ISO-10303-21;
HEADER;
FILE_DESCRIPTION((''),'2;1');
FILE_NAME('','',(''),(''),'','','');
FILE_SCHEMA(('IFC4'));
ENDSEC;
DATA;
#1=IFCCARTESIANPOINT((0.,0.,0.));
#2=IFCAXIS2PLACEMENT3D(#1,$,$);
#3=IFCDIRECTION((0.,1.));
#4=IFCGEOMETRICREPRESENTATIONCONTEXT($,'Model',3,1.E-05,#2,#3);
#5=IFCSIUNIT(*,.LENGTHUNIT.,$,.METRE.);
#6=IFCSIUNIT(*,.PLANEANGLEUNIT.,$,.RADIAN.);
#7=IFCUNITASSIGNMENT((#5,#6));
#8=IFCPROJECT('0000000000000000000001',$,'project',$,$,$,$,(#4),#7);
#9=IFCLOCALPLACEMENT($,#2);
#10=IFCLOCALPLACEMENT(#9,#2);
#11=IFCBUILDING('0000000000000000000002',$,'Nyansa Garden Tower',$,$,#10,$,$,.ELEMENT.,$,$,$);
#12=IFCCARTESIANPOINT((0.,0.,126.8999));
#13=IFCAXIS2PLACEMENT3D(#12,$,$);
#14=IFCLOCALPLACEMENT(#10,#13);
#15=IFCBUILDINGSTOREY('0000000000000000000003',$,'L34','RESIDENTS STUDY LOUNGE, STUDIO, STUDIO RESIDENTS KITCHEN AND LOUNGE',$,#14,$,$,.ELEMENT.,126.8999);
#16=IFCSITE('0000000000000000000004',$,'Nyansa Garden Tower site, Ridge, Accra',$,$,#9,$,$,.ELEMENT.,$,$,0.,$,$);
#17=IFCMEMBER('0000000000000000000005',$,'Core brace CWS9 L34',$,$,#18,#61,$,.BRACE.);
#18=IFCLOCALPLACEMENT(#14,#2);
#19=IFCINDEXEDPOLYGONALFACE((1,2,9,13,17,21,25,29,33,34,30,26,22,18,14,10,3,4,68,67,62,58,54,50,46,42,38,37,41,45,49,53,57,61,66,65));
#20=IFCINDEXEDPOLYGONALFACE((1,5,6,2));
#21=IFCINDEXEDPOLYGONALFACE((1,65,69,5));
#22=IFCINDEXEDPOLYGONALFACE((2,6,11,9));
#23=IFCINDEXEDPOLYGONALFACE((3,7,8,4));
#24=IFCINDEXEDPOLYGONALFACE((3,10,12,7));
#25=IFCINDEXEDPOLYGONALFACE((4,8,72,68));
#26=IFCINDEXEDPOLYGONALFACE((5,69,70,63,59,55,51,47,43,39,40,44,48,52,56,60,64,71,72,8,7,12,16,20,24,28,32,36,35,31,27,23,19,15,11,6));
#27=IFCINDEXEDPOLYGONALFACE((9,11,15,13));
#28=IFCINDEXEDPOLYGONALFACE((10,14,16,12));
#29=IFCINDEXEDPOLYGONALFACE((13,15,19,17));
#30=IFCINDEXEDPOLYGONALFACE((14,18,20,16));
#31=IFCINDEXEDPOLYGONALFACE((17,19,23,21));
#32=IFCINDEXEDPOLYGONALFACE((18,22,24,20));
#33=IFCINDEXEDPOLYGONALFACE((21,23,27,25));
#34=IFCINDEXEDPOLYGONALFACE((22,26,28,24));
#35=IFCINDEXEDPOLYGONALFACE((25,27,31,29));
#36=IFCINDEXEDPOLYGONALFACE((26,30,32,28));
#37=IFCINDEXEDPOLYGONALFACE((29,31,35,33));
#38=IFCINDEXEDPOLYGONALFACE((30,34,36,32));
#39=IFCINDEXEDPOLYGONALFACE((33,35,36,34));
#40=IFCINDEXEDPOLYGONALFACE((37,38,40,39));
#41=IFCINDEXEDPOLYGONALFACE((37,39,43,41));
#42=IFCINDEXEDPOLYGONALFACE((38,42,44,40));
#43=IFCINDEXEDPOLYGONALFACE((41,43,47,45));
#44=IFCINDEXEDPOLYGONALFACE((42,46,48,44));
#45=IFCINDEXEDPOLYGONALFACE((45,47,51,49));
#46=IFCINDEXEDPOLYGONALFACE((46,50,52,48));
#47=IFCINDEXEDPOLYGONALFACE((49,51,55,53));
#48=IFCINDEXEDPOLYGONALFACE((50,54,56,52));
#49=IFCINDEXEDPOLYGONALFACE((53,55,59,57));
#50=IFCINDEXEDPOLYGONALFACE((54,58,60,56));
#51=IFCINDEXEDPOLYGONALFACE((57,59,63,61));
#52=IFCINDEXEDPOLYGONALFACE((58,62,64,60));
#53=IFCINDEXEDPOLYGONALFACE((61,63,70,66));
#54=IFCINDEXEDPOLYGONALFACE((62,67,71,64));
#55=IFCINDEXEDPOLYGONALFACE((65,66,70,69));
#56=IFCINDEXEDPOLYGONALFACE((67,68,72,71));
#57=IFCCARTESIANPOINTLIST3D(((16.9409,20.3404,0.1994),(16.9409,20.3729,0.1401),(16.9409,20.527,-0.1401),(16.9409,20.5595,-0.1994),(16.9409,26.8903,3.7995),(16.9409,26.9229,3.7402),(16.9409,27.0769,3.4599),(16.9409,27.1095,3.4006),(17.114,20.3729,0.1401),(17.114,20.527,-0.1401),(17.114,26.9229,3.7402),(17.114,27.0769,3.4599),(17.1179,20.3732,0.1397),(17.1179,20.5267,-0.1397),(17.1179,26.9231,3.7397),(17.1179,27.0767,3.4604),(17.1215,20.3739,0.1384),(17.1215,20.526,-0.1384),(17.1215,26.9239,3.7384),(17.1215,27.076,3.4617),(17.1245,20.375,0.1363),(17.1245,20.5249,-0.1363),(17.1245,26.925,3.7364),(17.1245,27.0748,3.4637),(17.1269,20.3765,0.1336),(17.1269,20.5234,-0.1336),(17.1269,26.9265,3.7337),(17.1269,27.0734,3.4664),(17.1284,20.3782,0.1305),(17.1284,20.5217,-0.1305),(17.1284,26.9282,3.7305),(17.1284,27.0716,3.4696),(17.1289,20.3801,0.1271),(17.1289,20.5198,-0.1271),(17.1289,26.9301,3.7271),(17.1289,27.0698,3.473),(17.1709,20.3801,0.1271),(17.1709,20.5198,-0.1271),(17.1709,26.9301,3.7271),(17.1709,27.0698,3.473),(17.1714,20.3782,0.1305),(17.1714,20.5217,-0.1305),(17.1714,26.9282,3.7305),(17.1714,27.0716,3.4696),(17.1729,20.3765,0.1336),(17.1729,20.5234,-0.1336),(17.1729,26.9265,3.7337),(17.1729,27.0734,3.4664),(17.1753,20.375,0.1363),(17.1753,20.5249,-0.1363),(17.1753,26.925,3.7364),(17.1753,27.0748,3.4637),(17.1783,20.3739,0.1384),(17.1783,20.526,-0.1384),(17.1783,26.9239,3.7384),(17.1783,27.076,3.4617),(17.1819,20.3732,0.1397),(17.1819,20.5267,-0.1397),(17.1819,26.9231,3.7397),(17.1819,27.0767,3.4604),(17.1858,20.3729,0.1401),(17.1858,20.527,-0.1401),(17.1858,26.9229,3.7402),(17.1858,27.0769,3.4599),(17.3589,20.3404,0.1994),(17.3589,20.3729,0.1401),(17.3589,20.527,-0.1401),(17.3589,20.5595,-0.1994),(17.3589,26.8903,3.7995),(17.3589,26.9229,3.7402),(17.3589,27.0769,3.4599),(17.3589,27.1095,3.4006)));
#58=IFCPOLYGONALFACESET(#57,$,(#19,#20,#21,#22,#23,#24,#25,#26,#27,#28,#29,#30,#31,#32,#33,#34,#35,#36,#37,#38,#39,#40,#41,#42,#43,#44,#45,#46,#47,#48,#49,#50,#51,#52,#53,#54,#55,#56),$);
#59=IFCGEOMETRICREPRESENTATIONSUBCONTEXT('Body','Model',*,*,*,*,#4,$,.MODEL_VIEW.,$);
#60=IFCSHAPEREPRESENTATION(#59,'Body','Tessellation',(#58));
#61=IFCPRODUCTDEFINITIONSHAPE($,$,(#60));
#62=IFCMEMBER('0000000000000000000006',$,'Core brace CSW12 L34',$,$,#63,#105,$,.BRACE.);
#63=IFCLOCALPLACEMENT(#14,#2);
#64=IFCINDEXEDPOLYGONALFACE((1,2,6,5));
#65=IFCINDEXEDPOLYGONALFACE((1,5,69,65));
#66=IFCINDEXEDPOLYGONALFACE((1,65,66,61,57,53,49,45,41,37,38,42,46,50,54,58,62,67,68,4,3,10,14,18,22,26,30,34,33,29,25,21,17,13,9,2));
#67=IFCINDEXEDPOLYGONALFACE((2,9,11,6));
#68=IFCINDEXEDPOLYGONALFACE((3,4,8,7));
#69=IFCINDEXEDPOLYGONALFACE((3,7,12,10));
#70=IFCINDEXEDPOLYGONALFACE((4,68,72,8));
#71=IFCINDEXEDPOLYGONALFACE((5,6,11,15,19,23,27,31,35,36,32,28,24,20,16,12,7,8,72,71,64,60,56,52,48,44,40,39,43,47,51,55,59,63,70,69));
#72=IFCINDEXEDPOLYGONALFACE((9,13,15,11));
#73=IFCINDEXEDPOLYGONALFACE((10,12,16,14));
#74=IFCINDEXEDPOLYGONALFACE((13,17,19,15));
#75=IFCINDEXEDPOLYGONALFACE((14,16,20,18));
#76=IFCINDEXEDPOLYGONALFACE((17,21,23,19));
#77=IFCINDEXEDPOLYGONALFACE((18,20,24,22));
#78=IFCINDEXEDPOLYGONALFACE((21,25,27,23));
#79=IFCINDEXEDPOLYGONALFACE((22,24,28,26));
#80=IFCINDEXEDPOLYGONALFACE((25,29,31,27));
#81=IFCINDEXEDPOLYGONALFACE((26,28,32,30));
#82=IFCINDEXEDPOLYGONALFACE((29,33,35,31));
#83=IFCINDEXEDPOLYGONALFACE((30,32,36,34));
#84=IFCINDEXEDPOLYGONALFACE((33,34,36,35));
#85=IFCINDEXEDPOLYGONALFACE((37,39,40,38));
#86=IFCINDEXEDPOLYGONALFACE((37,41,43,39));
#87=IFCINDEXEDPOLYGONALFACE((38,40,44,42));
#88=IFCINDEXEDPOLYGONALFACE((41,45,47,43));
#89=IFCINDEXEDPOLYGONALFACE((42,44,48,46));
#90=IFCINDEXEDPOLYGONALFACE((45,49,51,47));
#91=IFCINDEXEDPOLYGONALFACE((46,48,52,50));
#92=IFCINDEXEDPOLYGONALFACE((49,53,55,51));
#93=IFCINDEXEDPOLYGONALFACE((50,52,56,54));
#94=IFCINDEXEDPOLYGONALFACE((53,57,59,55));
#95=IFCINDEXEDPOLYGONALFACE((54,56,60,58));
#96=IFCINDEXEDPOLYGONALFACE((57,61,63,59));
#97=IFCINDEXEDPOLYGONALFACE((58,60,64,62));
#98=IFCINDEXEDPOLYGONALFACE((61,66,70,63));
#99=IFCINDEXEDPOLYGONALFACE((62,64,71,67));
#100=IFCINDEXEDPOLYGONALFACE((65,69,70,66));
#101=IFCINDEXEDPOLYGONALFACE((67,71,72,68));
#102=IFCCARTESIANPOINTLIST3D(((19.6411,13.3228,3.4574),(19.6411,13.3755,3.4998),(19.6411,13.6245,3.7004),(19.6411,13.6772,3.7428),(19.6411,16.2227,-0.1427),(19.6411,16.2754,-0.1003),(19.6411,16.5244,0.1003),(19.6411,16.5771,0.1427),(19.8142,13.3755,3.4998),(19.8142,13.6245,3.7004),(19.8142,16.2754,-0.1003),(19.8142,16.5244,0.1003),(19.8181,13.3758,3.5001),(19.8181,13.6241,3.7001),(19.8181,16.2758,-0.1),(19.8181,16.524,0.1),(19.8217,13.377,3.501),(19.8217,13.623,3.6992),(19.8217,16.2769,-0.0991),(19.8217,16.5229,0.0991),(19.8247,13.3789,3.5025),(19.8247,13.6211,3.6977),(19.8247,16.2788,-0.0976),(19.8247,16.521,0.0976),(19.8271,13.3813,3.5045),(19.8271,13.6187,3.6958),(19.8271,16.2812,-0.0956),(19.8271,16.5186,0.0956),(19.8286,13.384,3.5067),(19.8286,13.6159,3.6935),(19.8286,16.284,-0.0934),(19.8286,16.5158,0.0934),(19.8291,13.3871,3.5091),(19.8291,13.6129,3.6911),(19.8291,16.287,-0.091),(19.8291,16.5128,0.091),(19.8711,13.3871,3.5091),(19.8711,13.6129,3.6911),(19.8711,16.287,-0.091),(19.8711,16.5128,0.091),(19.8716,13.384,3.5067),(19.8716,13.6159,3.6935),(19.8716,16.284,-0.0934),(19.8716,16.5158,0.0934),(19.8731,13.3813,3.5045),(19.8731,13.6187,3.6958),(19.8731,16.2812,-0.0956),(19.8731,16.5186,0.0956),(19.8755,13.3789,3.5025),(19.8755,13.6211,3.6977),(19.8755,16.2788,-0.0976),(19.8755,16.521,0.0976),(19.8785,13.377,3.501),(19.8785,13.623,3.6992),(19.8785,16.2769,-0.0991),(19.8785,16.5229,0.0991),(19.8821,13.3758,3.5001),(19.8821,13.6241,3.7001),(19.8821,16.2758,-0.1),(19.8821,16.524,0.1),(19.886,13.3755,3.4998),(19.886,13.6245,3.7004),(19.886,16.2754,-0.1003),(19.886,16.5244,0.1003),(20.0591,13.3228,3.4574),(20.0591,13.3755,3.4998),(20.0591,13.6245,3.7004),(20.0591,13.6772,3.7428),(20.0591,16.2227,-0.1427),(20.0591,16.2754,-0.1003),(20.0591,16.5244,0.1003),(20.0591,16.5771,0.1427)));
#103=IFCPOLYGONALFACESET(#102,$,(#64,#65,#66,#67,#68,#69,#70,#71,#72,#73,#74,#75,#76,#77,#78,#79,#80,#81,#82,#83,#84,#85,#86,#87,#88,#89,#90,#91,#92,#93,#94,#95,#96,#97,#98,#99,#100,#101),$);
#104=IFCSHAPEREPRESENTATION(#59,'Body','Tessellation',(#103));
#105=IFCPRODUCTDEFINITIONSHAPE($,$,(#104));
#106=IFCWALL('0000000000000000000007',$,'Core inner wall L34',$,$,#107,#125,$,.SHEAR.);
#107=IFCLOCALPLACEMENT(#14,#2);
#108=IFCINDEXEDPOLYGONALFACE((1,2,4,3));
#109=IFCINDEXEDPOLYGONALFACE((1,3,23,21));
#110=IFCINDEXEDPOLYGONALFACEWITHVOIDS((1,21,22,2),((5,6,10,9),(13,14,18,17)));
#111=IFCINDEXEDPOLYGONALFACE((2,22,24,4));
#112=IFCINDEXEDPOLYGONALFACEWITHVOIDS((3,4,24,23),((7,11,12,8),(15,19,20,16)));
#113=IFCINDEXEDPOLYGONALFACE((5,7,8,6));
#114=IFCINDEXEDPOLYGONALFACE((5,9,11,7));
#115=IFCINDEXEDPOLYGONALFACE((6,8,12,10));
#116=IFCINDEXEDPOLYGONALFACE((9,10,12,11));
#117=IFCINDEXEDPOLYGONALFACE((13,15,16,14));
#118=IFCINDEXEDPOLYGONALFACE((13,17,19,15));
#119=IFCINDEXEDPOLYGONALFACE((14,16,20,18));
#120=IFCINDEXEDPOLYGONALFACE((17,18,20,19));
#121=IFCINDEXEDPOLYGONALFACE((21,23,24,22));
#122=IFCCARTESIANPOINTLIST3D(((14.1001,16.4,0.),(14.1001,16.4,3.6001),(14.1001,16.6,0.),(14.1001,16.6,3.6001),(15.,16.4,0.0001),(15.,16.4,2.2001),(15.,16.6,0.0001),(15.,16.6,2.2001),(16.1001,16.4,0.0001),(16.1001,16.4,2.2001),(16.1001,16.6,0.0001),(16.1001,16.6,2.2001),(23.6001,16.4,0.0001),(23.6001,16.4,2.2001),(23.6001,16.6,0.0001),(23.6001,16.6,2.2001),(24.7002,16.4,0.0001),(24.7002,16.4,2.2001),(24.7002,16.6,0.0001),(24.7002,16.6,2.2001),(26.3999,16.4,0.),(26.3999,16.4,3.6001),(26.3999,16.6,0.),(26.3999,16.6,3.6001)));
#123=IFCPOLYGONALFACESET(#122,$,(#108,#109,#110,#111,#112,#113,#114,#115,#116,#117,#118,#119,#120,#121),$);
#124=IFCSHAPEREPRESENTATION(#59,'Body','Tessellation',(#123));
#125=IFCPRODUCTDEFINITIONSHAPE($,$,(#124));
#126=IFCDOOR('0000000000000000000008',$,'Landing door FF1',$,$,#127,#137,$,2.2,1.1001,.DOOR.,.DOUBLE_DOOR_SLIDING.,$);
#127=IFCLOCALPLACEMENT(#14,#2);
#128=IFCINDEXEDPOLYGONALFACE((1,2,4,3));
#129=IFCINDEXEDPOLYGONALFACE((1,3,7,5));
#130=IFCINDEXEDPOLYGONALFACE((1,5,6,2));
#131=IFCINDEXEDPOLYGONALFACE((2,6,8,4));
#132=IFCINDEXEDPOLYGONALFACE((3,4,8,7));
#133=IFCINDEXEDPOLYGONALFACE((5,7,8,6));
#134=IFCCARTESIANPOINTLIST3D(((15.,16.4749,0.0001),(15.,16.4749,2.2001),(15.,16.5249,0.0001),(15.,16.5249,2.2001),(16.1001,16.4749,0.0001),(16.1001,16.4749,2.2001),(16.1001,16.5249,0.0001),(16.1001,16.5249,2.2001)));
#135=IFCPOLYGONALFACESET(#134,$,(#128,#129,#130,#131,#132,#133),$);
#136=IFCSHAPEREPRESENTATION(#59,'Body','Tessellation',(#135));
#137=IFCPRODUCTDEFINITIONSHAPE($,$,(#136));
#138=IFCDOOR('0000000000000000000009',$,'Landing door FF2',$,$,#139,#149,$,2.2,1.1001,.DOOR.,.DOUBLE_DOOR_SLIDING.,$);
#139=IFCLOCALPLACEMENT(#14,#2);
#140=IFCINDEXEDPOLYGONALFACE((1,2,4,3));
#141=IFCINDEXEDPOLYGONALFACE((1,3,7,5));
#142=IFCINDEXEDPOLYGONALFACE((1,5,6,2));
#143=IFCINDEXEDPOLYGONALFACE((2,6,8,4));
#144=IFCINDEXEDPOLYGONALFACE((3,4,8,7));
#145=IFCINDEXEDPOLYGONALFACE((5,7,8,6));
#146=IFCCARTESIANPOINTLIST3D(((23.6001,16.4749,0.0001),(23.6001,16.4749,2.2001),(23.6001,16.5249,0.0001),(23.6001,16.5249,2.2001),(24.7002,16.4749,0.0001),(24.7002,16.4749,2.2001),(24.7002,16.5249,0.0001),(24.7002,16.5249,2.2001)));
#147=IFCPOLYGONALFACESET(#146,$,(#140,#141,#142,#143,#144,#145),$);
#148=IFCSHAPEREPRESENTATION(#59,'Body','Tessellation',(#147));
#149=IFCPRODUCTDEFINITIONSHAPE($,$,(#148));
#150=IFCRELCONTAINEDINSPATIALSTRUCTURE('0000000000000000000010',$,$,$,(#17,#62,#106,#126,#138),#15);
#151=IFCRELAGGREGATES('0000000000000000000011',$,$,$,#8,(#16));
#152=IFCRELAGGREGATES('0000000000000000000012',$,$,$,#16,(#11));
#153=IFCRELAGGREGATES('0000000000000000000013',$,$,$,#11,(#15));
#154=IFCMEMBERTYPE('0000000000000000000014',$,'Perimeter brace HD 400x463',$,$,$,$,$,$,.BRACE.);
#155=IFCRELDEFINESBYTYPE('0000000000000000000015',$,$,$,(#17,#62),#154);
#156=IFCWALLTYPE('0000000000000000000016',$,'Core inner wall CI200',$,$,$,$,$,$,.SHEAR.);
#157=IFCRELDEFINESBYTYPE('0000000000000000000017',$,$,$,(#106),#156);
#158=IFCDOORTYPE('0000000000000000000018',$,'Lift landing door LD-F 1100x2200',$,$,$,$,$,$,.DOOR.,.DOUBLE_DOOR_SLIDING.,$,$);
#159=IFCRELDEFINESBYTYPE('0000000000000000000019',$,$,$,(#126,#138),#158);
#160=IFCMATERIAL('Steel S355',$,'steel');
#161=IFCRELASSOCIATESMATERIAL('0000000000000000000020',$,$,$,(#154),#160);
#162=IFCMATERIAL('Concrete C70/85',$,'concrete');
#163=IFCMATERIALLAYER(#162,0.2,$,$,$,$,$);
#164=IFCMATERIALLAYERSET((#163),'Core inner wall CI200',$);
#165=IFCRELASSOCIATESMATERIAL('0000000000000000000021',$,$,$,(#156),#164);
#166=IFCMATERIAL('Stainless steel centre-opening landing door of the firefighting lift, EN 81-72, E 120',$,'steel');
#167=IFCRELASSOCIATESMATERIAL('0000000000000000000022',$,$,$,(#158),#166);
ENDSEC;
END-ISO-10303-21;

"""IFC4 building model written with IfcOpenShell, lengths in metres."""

from ifc_helpers import new_model, si_unit, direction, frame, frame_2d, origin, origin_2d, place, context, subcontext, project, spatial, rectangle, i_section, extrude, material, layer, layer_set, material_profile, profile_set, type_object, element, fill, save


model = new_model("IFC4")

# Units and contexts
model_context = context("Model", 3, precision=1e-05, world=origin(), true_north=direction((0.0, 1.0)))
body_context = subcontext(model_context, "Body", "Model", "MODEL_VIEW")
ifc_project = project(units=[si_unit("LENGTHUNIT", "METRE"), si_unit("PLANEANGLEUNIT", "RADIAN")], contexts=[model_context])

# Site, building, storey
site_placement = place(None, origin())
site = spatial("IfcSite", under=ifc_project, at=site_placement, Name="Nyansa Garden Tower site, Ridge, Accra", CompositionType="ELEMENT", RefElevation=0.0)
building_placement = place(site_placement, origin())
building = spatial("IfcBuilding", under=site, at=building_placement, Name="Nyansa Garden Tower", CompositionType="ELEMENT")
storey_placement = place(building_placement, frame((0.0, 0.0, 126.8999)))
storey = spatial("IfcBuildingStorey", under=building, at=storey_placement, Name="L34", Description="RESIDENTS STUDY LOUNGE, STUDIO, STUDIO RESIDENTS KITCHEN AND LOUNGE", CompositionType="ELEMENT", Elevation=126.8999)

# Members
ifc_material_1 = material(Name="Steel S355", Category="steel")
ifc_material_profile = material_profile(ifc_material_1, i_section(OverallWidth=0.418, OverallDepth=0.4551, WebThickness=0.042, FlangeThickness=0.0676, FilletRadius=0.0149, at=origin_2d()), Name="HD 400x463")
ifc_profile_set = profile_set([ifc_material_profile], Name="Steel S355")
member_type = type_object("IfcMemberType", Name="Perimeter brace HD 400x463", PredefinedType="BRACE", material=ifc_profile_set)
member_1_placement = place(storey_placement, frame((17.1499, 20.45, 0.0), z_axis=(0.0, 0.876353, 0.481669), x_axis=(-1.0, 0.0, 0.0)))
element("IfcMember", 1, at=member_1_placement, inside=storey, type_object=member_type, Name="Core brace CWS9 L34", PredefinedType="BRACE", context=body_context, shape_type="SweptSolid", body=[
    extrude(i_section(OverallWidth=0.418, OverallDepth=0.4551, WebThickness=0.042, FlangeThickness=0.0676, FilletRadius=0.0149, at=origin_2d()), origin(), (0.0, 0.0, 1.0), 7.4741),
])
member_2_placement = place(storey_placement, frame((19.8501, 16.3999, 0.0), z_axis=(0.0, -0.627306, 0.778773), x_axis=(1.0, 0.0, 0.0)))
element("IfcMember", 2, at=member_2_placement, inside=storey, type_object=member_type, Name="Core brace CSW12 L34", PredefinedType="BRACE", context=body_context, shape_type="SweptSolid", body=[
    extrude(i_section(OverallWidth=0.418, OverallDepth=0.4551, WebThickness=0.042, FlangeThickness=0.0676, FilletRadius=0.0149, at=origin_2d()), origin(), (0.0, 0.0, 1.0), 4.6228),
])

# Wall, openings, doors
ifc_material_2 = material(Name="Concrete C70/85", Category="concrete")
ifc_layer_1 = layer(ifc_material_2, 0.2)
ifc_layer_set_1 = layer_set([ifc_layer_1], Name="Core inner wall CI200")
wall_type_1 = type_object("IfcWallType", Name="Core inner wall CI200", PredefinedType="SHEAR", material=ifc_layer_set_1)
wall_1_placement = place(storey_placement, frame((14.1001, 16.5, 0.0), z_axis=(0.0, 0.0, 1.0), x_axis=(1.0, 0.0, 0.0)))
wall_1 = element("IfcWall", 3, at=wall_1_placement, inside=storey, type_object=wall_type_1, Name="Core inner wall L34", PredefinedType="SHEAR", context=body_context, shape_type="SweptSolid", body=[
    extrude(rectangle(XDim=12.2998, YDim=0.2, at=frame_2d((6.1499, 0.0))), origin(), (0.0, 0.0, 1.0), 3.6001),
])
opening_1_placement = place(wall_1_placement, frame((0.8999, 0.0, 0.0)))
opening_1 = element("IfcOpeningElement", 4, at=opening_1_placement, cuts=wall_1, PredefinedType="OPENING", context=body_context, shape_type="SweptSolid", body=[
    extrude(rectangle(XDim=1.1001, YDim=2.2, at=frame_2d((0.55, 1.1001))), frame((0.0, 0.1099, 0.0), z_axis=(0.0, -1.0, 0.0), x_axis=(1.0, 0.0, 0.0)), (0.0, 0.0, 1.0), 0.22),
])
opening_2_placement = place(wall_1_placement, frame((9.5, 0.0, 0.0)))
opening_2 = element("IfcOpeningElement", 5, at=opening_2_placement, cuts=wall_1, PredefinedType="OPENING", context=body_context, shape_type="SweptSolid", body=[
    extrude(rectangle(XDim=1.1001, YDim=2.2, at=frame_2d((0.55, 1.1001))), frame((0.0, 0.1099, 0.0), z_axis=(0.0, -1.0, 0.0), x_axis=(1.0, 0.0, 0.0)), (0.0, 0.0, 1.0), 0.22),
])
ifc_material_3 = material(Name="Stainless steel centre-opening landing door of the firefighting lift, EN 81-72, E 120", Category="steel")
door_type_1 = type_object("IfcDoorType", Name="Lift landing door LD-F 1100x2200", OperationType="DOUBLE_DOOR_SLIDING", PredefinedType="DOOR", material=ifc_material_3)
door_1_placement = place(opening_1_placement, origin())
door_1 = element("IfcDoor", 6, at=door_1_placement, inside=storey, type_object=door_type_1, Name="Landing door FF1", OperationType="DOUBLE_DOOR_SLIDING", OverallHeight=2.2, OverallWidth=1.1001, PredefinedType="DOOR", context=body_context, shape_type="SweptSolid", body=[
    extrude(rectangle(XDim=1.1001, YDim=2.2, at=frame_2d((0.55, 1.1001))), frame((0.0, 0.0249, 0.0), z_axis=(0.0, -1.0, 0.0), x_axis=(1.0, 0.0, 0.0)), (0.0, 0.0, 1.0), 0.05),
])
fill(opening_1, door_1)
door_2_placement = place(opening_2_placement, origin())
door_2 = element("IfcDoor", 7, at=door_2_placement, inside=storey, type_object=door_type_1, Name="Landing door FF2", OperationType="DOUBLE_DOOR_SLIDING", OverallHeight=2.2, OverallWidth=1.1001, PredefinedType="DOOR", context=body_context, shape_type="SweptSolid", body=[
    extrude(rectangle(XDim=1.1001, YDim=2.2, at=frame_2d((0.55, 1.1001))), frame((0.0, 0.0249, 0.0), z_axis=(0.0, -1.0, 0.0), x_axis=(1.0, 0.0, 0.0)), (0.0, 0.0, 1.0), 0.05),
])
fill(opening_2, door_2)

save(model, "model.ifc")
